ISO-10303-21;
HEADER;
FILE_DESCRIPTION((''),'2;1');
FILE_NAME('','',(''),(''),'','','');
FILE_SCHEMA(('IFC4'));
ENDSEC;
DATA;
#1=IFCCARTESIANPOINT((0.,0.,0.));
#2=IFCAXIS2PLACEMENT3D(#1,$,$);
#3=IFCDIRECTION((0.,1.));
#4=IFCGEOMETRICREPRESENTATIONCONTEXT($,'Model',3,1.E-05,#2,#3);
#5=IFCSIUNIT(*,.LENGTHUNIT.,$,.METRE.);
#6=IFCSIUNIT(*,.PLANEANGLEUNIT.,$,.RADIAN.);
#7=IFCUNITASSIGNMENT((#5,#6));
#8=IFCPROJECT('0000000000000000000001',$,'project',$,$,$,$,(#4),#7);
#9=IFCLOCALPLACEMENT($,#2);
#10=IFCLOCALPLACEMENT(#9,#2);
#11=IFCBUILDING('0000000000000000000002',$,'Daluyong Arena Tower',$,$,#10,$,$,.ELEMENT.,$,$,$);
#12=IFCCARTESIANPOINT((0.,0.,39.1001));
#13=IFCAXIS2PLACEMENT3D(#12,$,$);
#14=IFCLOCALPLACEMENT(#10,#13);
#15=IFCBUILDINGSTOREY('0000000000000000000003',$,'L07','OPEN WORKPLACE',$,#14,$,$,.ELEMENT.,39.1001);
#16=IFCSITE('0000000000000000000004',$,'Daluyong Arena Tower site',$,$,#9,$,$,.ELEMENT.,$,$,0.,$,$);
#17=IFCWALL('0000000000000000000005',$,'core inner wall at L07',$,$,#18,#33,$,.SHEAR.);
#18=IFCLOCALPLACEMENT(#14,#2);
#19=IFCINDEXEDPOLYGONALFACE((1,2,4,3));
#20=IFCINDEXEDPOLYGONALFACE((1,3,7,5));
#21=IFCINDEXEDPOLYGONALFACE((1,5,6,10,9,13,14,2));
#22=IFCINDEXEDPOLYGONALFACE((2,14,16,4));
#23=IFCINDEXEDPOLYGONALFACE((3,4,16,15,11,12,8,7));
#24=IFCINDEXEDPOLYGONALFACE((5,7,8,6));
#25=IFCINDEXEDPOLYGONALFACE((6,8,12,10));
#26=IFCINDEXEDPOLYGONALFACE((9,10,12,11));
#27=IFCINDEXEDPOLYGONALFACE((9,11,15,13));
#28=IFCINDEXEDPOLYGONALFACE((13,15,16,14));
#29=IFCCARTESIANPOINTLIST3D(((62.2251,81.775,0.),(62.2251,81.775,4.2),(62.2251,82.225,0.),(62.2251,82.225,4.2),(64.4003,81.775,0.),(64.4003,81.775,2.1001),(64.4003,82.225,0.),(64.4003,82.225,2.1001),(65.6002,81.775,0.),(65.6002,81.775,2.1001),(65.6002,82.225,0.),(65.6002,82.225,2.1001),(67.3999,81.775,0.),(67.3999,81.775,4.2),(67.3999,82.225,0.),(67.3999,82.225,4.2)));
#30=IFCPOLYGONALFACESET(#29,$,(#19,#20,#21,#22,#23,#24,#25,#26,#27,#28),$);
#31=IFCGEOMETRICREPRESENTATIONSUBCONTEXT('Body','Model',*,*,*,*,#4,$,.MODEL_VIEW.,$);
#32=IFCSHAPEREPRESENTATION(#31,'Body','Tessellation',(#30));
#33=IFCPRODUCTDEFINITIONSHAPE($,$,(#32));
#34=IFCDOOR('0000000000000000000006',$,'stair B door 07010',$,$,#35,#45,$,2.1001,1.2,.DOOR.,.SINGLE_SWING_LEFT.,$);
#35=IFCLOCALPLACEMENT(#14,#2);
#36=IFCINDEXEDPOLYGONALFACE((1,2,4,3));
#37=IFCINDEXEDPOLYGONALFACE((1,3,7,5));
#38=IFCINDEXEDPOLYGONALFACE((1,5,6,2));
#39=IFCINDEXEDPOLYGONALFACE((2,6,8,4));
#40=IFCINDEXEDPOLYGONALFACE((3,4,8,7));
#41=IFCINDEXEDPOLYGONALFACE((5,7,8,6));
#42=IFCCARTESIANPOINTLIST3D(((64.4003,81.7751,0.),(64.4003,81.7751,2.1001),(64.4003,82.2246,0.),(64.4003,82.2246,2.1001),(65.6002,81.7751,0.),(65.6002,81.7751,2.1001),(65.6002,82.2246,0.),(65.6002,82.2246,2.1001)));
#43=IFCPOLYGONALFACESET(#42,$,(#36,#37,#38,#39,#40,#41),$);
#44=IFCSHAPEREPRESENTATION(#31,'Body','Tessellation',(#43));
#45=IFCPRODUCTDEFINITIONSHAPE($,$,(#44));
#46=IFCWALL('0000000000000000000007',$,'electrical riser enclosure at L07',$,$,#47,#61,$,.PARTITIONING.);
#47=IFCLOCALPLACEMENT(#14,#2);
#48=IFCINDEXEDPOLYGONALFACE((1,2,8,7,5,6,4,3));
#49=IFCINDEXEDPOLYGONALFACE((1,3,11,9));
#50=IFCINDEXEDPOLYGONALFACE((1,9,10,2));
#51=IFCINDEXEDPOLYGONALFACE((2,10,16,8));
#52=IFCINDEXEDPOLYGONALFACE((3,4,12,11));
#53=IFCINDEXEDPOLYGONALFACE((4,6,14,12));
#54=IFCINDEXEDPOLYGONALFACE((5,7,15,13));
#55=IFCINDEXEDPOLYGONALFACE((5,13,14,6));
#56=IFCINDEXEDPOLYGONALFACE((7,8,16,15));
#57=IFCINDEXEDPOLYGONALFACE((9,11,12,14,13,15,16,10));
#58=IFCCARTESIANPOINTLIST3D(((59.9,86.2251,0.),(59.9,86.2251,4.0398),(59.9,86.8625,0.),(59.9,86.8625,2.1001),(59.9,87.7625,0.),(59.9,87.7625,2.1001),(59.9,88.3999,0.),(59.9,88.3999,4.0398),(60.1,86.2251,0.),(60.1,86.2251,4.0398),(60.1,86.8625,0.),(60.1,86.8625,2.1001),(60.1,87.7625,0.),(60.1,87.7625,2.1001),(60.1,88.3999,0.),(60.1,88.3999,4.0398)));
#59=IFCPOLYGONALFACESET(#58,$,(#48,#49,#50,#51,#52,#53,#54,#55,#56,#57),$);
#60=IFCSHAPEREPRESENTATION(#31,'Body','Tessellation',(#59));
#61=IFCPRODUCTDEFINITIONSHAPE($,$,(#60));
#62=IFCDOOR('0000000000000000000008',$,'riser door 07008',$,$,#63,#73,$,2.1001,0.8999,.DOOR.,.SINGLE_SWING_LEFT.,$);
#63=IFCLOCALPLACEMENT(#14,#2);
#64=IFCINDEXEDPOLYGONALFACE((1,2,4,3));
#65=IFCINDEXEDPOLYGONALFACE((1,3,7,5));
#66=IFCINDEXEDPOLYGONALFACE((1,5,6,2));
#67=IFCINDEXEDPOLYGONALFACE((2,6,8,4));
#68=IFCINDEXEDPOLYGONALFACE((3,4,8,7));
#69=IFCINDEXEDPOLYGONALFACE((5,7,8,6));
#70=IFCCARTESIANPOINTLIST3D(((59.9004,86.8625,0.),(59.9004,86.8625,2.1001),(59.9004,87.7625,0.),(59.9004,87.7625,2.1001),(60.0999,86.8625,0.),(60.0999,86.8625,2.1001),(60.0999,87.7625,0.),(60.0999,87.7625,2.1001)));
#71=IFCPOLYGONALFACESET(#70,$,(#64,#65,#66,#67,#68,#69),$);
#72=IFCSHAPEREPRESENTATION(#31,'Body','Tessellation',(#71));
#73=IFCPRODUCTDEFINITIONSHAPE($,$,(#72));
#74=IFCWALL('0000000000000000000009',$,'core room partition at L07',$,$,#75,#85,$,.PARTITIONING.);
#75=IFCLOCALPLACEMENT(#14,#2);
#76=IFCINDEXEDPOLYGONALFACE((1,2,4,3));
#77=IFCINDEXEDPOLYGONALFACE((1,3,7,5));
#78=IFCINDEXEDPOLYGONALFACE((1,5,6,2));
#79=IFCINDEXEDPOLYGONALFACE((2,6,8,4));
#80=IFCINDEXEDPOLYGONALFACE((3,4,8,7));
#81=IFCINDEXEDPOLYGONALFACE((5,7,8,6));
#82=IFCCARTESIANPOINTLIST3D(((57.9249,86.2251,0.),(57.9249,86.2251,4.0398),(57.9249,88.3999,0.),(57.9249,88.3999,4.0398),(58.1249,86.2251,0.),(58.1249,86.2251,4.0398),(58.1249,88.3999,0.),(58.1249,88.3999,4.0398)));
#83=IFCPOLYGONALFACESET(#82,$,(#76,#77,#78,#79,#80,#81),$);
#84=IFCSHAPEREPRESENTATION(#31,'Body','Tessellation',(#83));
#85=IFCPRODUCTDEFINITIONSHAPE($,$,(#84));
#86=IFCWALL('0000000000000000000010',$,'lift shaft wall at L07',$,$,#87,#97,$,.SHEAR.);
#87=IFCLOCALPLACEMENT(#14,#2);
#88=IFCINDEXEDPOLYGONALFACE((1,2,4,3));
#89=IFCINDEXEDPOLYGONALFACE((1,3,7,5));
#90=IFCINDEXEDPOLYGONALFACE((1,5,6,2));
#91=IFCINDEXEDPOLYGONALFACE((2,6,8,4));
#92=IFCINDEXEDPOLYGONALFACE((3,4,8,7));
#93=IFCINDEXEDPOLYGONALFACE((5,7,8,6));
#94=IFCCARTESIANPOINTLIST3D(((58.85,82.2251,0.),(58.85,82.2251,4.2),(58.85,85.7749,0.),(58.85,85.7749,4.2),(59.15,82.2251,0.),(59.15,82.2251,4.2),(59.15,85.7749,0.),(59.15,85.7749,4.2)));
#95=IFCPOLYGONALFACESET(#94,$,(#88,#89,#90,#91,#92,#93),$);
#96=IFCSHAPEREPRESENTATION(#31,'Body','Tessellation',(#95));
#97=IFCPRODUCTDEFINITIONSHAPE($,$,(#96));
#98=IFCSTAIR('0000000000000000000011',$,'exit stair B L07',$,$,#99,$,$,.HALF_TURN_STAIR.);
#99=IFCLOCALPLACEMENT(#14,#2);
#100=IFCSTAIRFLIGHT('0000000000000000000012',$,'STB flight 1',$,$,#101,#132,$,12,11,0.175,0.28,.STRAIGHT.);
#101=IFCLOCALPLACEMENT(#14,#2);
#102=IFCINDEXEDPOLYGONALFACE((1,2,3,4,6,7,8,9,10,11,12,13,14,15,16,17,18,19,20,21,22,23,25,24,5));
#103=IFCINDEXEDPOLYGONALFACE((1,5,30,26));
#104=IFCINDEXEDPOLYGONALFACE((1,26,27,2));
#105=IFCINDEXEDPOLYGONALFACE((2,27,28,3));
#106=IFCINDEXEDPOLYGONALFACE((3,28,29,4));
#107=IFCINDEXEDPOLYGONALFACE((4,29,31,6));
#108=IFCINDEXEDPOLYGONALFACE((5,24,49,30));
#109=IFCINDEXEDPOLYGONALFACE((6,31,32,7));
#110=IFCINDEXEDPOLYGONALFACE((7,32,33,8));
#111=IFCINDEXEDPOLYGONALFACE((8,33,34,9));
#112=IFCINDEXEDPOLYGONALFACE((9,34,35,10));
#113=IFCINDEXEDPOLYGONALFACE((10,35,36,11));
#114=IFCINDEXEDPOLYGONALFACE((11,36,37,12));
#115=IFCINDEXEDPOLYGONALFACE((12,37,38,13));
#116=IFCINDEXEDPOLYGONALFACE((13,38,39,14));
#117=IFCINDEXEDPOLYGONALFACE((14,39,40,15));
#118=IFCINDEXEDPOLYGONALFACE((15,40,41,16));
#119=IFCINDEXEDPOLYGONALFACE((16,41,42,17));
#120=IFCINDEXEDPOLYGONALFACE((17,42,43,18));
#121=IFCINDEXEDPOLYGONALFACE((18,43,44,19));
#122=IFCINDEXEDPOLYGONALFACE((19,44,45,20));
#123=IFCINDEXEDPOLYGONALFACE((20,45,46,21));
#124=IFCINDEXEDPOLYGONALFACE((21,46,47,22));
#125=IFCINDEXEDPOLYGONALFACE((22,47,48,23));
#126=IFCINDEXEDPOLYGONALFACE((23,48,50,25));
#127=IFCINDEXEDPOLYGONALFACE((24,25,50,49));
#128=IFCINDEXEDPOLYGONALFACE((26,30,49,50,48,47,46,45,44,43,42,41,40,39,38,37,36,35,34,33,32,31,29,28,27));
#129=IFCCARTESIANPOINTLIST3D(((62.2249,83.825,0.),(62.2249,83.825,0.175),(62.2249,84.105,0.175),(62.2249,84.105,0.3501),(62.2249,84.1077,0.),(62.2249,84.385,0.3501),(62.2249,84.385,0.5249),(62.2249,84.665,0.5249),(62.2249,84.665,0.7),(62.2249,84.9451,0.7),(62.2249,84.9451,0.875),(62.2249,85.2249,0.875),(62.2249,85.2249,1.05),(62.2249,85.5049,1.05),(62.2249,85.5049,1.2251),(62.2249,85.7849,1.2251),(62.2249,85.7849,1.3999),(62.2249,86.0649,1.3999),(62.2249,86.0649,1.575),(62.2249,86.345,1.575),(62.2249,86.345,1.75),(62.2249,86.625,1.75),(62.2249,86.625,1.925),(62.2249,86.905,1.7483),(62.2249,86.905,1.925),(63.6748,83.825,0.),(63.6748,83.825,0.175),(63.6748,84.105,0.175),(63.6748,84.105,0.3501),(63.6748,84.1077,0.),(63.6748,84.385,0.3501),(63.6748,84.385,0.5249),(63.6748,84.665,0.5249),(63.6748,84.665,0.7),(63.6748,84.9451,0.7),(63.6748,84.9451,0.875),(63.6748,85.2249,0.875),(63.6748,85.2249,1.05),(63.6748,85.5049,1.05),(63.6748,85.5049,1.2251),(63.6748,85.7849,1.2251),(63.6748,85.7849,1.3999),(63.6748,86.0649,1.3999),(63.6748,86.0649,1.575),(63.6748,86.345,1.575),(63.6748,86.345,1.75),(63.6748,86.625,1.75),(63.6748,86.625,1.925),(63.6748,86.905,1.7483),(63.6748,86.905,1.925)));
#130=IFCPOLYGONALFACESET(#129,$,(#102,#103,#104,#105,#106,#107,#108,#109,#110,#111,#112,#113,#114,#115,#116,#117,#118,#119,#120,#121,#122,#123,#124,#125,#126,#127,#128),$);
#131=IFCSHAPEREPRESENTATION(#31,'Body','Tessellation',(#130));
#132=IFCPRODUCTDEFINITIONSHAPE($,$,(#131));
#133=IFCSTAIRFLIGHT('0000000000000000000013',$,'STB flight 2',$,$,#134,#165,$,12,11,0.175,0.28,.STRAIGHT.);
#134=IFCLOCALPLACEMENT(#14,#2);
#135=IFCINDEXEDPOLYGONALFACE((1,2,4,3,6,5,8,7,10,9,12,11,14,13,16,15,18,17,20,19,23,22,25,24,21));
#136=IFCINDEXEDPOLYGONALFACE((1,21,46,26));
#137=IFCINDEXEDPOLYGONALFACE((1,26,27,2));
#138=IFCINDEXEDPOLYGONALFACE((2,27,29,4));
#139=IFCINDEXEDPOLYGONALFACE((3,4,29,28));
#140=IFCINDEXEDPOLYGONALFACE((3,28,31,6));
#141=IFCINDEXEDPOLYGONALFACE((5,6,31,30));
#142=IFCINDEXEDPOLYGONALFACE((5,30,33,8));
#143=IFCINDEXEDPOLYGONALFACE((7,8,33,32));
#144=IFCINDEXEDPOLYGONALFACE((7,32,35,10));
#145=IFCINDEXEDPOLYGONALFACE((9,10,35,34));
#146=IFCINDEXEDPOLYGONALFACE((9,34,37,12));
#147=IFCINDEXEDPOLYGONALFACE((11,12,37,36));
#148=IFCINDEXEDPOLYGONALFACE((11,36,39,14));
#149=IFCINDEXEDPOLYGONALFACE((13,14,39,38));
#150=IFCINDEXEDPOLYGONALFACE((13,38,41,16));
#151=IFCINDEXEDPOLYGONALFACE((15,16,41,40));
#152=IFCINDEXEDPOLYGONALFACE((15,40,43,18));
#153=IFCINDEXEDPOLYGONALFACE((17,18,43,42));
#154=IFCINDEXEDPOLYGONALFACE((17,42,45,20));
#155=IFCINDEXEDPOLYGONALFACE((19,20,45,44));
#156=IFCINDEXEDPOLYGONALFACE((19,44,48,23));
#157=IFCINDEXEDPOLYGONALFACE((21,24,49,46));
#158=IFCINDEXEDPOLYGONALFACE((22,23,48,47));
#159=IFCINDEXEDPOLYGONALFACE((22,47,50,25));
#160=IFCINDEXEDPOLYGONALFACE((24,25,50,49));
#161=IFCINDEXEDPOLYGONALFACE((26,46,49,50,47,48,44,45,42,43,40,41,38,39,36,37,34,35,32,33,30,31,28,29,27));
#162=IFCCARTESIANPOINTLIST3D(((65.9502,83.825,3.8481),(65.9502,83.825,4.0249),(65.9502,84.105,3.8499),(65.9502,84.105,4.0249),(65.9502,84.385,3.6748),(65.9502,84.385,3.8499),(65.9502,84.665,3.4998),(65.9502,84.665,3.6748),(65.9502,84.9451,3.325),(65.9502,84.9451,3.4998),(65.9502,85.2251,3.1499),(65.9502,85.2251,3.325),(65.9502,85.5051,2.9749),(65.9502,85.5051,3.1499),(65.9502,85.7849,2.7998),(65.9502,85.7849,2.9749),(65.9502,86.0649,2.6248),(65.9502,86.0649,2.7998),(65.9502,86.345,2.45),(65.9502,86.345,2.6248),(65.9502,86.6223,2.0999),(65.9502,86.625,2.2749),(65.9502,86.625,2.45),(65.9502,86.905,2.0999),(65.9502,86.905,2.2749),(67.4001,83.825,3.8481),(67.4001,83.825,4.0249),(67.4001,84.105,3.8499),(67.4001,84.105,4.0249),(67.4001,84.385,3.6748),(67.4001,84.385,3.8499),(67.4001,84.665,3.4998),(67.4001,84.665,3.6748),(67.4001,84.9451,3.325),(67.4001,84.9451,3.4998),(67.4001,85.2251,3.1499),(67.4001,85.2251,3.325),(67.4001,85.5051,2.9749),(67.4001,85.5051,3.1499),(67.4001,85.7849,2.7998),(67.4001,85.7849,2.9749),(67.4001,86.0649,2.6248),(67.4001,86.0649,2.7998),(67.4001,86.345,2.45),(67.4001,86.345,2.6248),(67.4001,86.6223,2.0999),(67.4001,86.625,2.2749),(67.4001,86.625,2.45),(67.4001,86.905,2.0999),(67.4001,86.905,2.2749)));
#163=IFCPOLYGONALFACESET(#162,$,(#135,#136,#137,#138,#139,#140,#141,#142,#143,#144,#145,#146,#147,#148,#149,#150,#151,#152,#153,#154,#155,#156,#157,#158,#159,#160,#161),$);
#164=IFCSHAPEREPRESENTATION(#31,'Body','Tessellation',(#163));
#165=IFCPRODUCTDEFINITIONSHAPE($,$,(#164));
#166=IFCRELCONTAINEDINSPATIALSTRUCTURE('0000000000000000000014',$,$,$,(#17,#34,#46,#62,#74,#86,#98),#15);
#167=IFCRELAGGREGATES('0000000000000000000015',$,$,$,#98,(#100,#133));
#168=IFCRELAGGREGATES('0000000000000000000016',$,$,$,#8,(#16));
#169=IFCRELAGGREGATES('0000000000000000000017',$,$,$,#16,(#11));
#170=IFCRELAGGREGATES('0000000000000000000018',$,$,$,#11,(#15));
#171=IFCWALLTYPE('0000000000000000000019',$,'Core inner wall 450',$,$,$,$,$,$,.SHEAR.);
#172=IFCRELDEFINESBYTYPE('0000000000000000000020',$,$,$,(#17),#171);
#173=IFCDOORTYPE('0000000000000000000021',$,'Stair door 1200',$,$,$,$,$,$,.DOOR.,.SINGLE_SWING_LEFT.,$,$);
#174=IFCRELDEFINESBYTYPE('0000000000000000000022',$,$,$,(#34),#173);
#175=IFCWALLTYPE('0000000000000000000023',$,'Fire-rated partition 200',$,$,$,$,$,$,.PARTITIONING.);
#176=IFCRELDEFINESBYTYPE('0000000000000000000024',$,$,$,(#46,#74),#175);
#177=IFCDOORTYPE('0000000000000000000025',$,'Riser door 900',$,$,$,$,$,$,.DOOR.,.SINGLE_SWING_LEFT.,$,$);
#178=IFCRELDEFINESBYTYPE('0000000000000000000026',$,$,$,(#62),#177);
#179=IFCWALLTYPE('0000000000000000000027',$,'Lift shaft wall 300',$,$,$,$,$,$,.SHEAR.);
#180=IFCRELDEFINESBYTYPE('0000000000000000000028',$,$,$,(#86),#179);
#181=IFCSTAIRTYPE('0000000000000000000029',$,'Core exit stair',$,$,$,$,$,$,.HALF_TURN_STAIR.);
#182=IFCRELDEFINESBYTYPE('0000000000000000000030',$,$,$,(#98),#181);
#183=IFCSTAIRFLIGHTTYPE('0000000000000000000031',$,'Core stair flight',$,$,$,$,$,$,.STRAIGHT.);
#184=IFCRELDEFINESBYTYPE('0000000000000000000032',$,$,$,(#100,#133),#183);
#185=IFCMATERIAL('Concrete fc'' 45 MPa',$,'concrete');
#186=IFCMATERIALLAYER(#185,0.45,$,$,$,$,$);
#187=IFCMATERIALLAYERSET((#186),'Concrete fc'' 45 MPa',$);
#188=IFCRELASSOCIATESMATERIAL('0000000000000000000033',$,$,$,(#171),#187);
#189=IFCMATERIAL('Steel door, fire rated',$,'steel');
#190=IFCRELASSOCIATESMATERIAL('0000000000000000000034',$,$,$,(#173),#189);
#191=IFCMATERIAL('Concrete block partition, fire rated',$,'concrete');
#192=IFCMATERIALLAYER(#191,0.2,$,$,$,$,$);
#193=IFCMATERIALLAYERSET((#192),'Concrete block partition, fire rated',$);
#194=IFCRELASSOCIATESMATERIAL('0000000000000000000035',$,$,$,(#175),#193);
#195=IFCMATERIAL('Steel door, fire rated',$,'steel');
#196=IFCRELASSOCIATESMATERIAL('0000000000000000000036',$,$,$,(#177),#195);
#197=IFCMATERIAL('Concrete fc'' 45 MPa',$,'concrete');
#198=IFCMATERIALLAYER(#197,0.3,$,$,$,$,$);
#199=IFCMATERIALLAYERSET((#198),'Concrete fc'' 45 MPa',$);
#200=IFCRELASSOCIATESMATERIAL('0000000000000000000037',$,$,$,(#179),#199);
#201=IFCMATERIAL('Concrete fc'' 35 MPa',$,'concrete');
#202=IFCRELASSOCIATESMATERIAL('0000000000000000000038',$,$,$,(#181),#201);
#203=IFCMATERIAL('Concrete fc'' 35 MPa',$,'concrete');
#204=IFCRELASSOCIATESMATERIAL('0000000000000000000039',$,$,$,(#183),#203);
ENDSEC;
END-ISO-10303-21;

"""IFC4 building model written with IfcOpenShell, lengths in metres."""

from ifc_helpers import new_model, si_unit, direction, frame, frame_2d, origin, place, context, subcontext, project, spatial, polyline, rectangle, outline, extrude, material, layer, layer_set, type_object, element, fill, aggregate, save


model = new_model("IFC4")

# Units and contexts
model_context = context("Model", 3, precision=1e-05, world=origin(), true_north=direction((0.0, 1.0)))
body_context = subcontext(model_context, "Body", "Model", "MODEL_VIEW")
ifc_project = project(units=[si_unit("LENGTHUNIT", "METRE"), si_unit("PLANEANGLEUNIT", "RADIAN")], contexts=[model_context])

# Site, building, storey
site_placement = place(None, origin())
site = spatial("IfcSite", under=ifc_project, at=site_placement, Name="Daluyong Arena Tower site", CompositionType="ELEMENT", RefElevation=0.0)
building_placement = place(site_placement, origin())
building = spatial("IfcBuilding", under=site, at=building_placement, Name="Daluyong Arena Tower", CompositionType="ELEMENT")
storey_placement = place(building_placement, frame((0.0, 0.0, 39.1001)))
storey = spatial("IfcBuildingStorey", under=building, at=storey_placement, Name="L07", Description="OPEN WORKPLACE", CompositionType="ELEMENT", Elevation=39.1001)

# Walls, openings, doors
ifc_material_1 = material(Name="Concrete fc' 45 MPa", Category="concrete")
ifc_layer_1 = layer(ifc_material_1, 0.45)
ifc_layer_set_1 = layer_set([ifc_layer_1], Name="Concrete fc' 45 MPa")
wall_type_1 = type_object("IfcWallType", Name="Core inner wall 450", PredefinedType="SHEAR", material=ifc_layer_set_1)
wall_1_placement = place(storey_placement, frame((62.2251, 82.0, 0.0), z_axis=(0.0, 0.0, 1.0), x_axis=(1.0, 0.0, 0.0)))
wall_1 = element("IfcWall", 1, at=wall_1_placement, inside=storey, type_object=wall_type_1, Name="core inner wall at L07", PredefinedType="SHEAR", context=body_context, shape_type="SweptSolid", body=[
    extrude(rectangle(XDim=5.1748, YDim=0.45, at=frame_2d((2.5874, 0.0))), origin(), (0.0, 0.0, 1.0), 4.2),
])
opening_1_placement = place(wall_1_placement, frame((2.175, 0.0, 0.0)))
opening_1 = element("IfcOpeningElement", 2, at=opening_1_placement, cuts=wall_1, PredefinedType="OPENING", context=body_context, shape_type="SweptSolid", body=[
    extrude(rectangle(XDim=1.2, YDim=2.1001, at=frame_2d((0.6001, 1.05))), frame((0.0, 0.2349, 0.0), z_axis=(0.0, -1.0, 0.0), x_axis=(1.0, 0.0, 0.0)), (0.0, 0.0, 1.0), 0.47),
])
ifc_material_2 = material(Name="Steel door, fire rated", Category="steel")
door_type_1 = type_object("IfcDoorType", Name="Stair door 1200", OperationType="SINGLE_SWING_LEFT", PredefinedType="DOOR", material=ifc_material_2)
door_1_placement = place(opening_1_placement, origin())
door_1 = element("IfcDoor", 3, at=door_1_placement, inside=storey, type_object=door_type_1, Name="stair B door 07010", OperationType="SINGLE_SWING_LEFT", OverallHeight=2.1001, OverallWidth=1.2, PredefinedType="DOOR", context=body_context, shape_type="SweptSolid", body=[
    extrude(rectangle(XDim=1.2, YDim=2.1001, at=frame_2d((0.6001, 1.05))), frame((0.0, 0.2246, 0.0), z_axis=(0.0, -1.0, 0.0), x_axis=(1.0, 0.0, 0.0)), (0.0, 0.0, 1.0), 0.4495),
])
fill(opening_1, door_1)
ifc_material_3 = material(Name="Concrete block partition, fire rated", Category="concrete")
ifc_layer_2 = layer(ifc_material_3, 0.2)
ifc_layer_set_2 = layer_set([ifc_layer_2], Name="Concrete block partition, fire rated")
wall_type_2 = type_object("IfcWallType", Name="Fire-rated partition 200", PredefinedType="PARTITIONING", material=ifc_layer_set_2)
wall_2_placement = place(storey_placement, frame((60.0, 86.2251, 0.0), z_axis=(0.0, 0.0, 1.0), x_axis=(0.0, 1.0, 0.0)))
wall_2 = element("IfcWall", 4, at=wall_2_placement, inside=storey, type_object=wall_type_2, Name="electrical riser enclosure at L07", PredefinedType="PARTITIONING", context=body_context, shape_type="SweptSolid", body=[
    extrude(rectangle(XDim=2.1748, YDim=0.2, at=frame_2d((1.0874, 0.0))), origin(), (0.0, 0.0, 1.0), 4.0398),
])
opening_2_placement = place(wall_2_placement, frame((0.6375, 0.0, 0.0)))
opening_2 = element("IfcOpeningElement", 5, at=opening_2_placement, cuts=wall_2, PredefinedType="OPENING", context=body_context, shape_type="SweptSolid", body=[
    extrude(rectangle(XDim=0.8999, YDim=2.1001, at=frame_2d((0.45, 1.05))), frame((0.0, 0.1099, 0.0), z_axis=(0.0, -1.0, 0.0), x_axis=(1.0, 0.0, 0.0)), (0.0, 0.0, 1.0), 0.22),
])
ifc_material_4 = material(Name="Steel door, fire rated", Category="steel")
door_type_2 = type_object("IfcDoorType", Name="Riser door 900", OperationType="SINGLE_SWING_LEFT", PredefinedType="DOOR", material=ifc_material_4)
door_2_placement = place(opening_2_placement, origin())
door_2 = element("IfcDoor", 6, at=door_2_placement, inside=storey, type_object=door_type_2, Name="riser door 07008", OperationType="SINGLE_SWING_LEFT", OverallHeight=2.1001, OverallWidth=0.8999, PredefinedType="DOOR", context=body_context, shape_type="SweptSolid", body=[
    extrude(rectangle(XDim=0.8999, YDim=2.1001, at=frame_2d((0.45, 1.05))), frame((0.0, 0.0996, 0.0), z_axis=(0.0, -1.0, 0.0), x_axis=(1.0, 0.0, 0.0)), (0.0, 0.0, 1.0), 0.1995),
])
fill(opening_2, door_2)

# Walls
wall_3_placement = place(storey_placement, frame((58.0249, 86.2251, 0.0), z_axis=(0.0, 0.0, 1.0), x_axis=(0.0, 1.0, 0.0)))
element("IfcWall", 7, at=wall_3_placement, inside=storey, type_object=wall_type_2, Name="core room partition at L07", PredefinedType="PARTITIONING", context=body_context, shape_type="SweptSolid", body=[
    extrude(rectangle(XDim=2.1748, YDim=0.2, at=frame_2d((1.0874, 0.0))), origin(), (0.0, 0.0, 1.0), 4.0398),
])
ifc_material_5 = material(Name="Concrete fc' 45 MPa", Category="concrete")
ifc_layer_3 = layer(ifc_material_5, 0.3)
ifc_layer_set_3 = layer_set([ifc_layer_3], Name="Concrete fc' 45 MPa")
wall_type_3 = type_object("IfcWallType", Name="Lift shaft wall 300", PredefinedType="SHEAR", material=ifc_layer_set_3)
wall_4_placement = place(storey_placement, frame((59.0, 82.2251, 0.0), z_axis=(0.0, 0.0, 1.0), x_axis=(0.0, 1.0, 0.0)))
element("IfcWall", 8, at=wall_4_placement, inside=storey, type_object=wall_type_3, Name="lift shaft wall at L07", PredefinedType="SHEAR", context=body_context, shape_type="SweptSolid", body=[
    extrude(rectangle(XDim=3.5498, YDim=0.3, at=frame_2d((1.7749, 0.0))), origin(), (0.0, 0.0, 1.0), 4.2),
])

# Stair, stair flights
ifc_material_6 = material(Name="Concrete fc' 35 MPa", Category="concrete")
stair_type = type_object("IfcStairType", Name="Core exit stair", PredefinedType="HALF_TURN_STAIR", material=ifc_material_6)
stair_placement = place(storey_placement, origin())
stair = element("IfcStair", 9, at=stair_placement, inside=storey, type_object=stair_type, Name="exit stair B L07", PredefinedType="HALF_TURN_STAIR")
ifc_material_7 = material(Name="Concrete fc' 35 MPa", Category="concrete")
stair_flight_type = type_object("IfcStairFlightType", Name="Core stair flight", PredefinedType="STRAIGHT", material=ifc_material_7)
stair_flight_1_placement = place(storey_placement, frame((62.95, 83.825, 0.0), z_axis=(0.0, 0.0, 1.0), x_axis=(0.0, 1.0, 0.0)))
stair_flight_1 = element("IfcStairFlight", 10, at=stair_flight_1_placement, type_object=stair_flight_type, Name="STB flight 1", NumberOfRisers=12, NumberOfTreads=11, PredefinedType="STRAIGHT", RiserHeight=0.175, TreadLength=0.28, context=body_context, shape_type="SweptSolid", body=[
    extrude(outline(polyline([(0.0, 0.0), (0.0, 0.175), (0.28, 0.175), (0.28, 0.3501), (0.5601, 0.3501), (0.5601, 0.5249), (0.8401, 0.5249), (0.8401, 0.7), (1.1201, 0.7), (1.1201, 0.875), (1.3999, 0.875), (1.3999, 1.05), (1.6799, 1.05), (1.6799, 1.2251), (1.96, 1.2251), (1.96, 1.3999), (2.24, 1.3999), (2.24, 1.575), (2.52, 1.575), (2.52, 1.75), (2.8, 1.75), (2.8, 1.925), (3.0801, 1.925), (3.0801, 2.1001), (3.0801, 1.7483), (0.2827, 0.0), (0.0, 0.0)])), frame((0.0, 0.7251, 0.0), z_axis=(0.0, -1.0, 0.0), x_axis=(1.0, 0.0, 0.0)), (0.0, 0.0, 1.0), 1.45),
])
stair_flight_2_placement = place(storey_placement, frame((66.675, 86.905, 2.0999), z_axis=(0.0, 0.0, 1.0), x_axis=(0.0, -1.0, 0.0)))
stair_flight_2 = element("IfcStairFlight", 11, at=stair_flight_2_placement, type_object=stair_flight_type, Name="STB flight 2", NumberOfRisers=12, NumberOfTreads=11, PredefinedType="STRAIGHT", RiserHeight=0.175, TreadLength=0.28, context=body_context, shape_type="SweptSolid", body=[
    extrude(outline(polyline([(0.0, 0.0), (0.0, 0.175), (0.28, 0.175), (0.28, 0.3501), (0.5601, 0.3501), (0.5601, 0.5249), (0.8401, 0.5249), (0.8401, 0.7), (1.1201, 0.7), (1.1201, 0.875), (1.3999, 0.875), (1.3999, 1.05), (1.6799, 1.05), (1.6799, 1.2251), (1.96, 1.2251), (1.96, 1.3999), (2.24, 1.3999), (2.24, 1.575), (2.52, 1.575), (2.52, 1.75), (2.8, 1.75), (2.8, 1.925), (3.0801, 1.925), (3.0801, 2.1001), (3.0801, 1.7483), (0.2827, 0.0), (0.0, 0.0)])), frame((0.0, 0.7251, 0.0), z_axis=(0.0, -1.0, 0.0), x_axis=(1.0, 0.0, 0.0)), (0.0, 0.0, 1.0), 1.45),
])
aggregate(stair, [stair_flight_1, stair_flight_2])

save(model, "model.ifc")
